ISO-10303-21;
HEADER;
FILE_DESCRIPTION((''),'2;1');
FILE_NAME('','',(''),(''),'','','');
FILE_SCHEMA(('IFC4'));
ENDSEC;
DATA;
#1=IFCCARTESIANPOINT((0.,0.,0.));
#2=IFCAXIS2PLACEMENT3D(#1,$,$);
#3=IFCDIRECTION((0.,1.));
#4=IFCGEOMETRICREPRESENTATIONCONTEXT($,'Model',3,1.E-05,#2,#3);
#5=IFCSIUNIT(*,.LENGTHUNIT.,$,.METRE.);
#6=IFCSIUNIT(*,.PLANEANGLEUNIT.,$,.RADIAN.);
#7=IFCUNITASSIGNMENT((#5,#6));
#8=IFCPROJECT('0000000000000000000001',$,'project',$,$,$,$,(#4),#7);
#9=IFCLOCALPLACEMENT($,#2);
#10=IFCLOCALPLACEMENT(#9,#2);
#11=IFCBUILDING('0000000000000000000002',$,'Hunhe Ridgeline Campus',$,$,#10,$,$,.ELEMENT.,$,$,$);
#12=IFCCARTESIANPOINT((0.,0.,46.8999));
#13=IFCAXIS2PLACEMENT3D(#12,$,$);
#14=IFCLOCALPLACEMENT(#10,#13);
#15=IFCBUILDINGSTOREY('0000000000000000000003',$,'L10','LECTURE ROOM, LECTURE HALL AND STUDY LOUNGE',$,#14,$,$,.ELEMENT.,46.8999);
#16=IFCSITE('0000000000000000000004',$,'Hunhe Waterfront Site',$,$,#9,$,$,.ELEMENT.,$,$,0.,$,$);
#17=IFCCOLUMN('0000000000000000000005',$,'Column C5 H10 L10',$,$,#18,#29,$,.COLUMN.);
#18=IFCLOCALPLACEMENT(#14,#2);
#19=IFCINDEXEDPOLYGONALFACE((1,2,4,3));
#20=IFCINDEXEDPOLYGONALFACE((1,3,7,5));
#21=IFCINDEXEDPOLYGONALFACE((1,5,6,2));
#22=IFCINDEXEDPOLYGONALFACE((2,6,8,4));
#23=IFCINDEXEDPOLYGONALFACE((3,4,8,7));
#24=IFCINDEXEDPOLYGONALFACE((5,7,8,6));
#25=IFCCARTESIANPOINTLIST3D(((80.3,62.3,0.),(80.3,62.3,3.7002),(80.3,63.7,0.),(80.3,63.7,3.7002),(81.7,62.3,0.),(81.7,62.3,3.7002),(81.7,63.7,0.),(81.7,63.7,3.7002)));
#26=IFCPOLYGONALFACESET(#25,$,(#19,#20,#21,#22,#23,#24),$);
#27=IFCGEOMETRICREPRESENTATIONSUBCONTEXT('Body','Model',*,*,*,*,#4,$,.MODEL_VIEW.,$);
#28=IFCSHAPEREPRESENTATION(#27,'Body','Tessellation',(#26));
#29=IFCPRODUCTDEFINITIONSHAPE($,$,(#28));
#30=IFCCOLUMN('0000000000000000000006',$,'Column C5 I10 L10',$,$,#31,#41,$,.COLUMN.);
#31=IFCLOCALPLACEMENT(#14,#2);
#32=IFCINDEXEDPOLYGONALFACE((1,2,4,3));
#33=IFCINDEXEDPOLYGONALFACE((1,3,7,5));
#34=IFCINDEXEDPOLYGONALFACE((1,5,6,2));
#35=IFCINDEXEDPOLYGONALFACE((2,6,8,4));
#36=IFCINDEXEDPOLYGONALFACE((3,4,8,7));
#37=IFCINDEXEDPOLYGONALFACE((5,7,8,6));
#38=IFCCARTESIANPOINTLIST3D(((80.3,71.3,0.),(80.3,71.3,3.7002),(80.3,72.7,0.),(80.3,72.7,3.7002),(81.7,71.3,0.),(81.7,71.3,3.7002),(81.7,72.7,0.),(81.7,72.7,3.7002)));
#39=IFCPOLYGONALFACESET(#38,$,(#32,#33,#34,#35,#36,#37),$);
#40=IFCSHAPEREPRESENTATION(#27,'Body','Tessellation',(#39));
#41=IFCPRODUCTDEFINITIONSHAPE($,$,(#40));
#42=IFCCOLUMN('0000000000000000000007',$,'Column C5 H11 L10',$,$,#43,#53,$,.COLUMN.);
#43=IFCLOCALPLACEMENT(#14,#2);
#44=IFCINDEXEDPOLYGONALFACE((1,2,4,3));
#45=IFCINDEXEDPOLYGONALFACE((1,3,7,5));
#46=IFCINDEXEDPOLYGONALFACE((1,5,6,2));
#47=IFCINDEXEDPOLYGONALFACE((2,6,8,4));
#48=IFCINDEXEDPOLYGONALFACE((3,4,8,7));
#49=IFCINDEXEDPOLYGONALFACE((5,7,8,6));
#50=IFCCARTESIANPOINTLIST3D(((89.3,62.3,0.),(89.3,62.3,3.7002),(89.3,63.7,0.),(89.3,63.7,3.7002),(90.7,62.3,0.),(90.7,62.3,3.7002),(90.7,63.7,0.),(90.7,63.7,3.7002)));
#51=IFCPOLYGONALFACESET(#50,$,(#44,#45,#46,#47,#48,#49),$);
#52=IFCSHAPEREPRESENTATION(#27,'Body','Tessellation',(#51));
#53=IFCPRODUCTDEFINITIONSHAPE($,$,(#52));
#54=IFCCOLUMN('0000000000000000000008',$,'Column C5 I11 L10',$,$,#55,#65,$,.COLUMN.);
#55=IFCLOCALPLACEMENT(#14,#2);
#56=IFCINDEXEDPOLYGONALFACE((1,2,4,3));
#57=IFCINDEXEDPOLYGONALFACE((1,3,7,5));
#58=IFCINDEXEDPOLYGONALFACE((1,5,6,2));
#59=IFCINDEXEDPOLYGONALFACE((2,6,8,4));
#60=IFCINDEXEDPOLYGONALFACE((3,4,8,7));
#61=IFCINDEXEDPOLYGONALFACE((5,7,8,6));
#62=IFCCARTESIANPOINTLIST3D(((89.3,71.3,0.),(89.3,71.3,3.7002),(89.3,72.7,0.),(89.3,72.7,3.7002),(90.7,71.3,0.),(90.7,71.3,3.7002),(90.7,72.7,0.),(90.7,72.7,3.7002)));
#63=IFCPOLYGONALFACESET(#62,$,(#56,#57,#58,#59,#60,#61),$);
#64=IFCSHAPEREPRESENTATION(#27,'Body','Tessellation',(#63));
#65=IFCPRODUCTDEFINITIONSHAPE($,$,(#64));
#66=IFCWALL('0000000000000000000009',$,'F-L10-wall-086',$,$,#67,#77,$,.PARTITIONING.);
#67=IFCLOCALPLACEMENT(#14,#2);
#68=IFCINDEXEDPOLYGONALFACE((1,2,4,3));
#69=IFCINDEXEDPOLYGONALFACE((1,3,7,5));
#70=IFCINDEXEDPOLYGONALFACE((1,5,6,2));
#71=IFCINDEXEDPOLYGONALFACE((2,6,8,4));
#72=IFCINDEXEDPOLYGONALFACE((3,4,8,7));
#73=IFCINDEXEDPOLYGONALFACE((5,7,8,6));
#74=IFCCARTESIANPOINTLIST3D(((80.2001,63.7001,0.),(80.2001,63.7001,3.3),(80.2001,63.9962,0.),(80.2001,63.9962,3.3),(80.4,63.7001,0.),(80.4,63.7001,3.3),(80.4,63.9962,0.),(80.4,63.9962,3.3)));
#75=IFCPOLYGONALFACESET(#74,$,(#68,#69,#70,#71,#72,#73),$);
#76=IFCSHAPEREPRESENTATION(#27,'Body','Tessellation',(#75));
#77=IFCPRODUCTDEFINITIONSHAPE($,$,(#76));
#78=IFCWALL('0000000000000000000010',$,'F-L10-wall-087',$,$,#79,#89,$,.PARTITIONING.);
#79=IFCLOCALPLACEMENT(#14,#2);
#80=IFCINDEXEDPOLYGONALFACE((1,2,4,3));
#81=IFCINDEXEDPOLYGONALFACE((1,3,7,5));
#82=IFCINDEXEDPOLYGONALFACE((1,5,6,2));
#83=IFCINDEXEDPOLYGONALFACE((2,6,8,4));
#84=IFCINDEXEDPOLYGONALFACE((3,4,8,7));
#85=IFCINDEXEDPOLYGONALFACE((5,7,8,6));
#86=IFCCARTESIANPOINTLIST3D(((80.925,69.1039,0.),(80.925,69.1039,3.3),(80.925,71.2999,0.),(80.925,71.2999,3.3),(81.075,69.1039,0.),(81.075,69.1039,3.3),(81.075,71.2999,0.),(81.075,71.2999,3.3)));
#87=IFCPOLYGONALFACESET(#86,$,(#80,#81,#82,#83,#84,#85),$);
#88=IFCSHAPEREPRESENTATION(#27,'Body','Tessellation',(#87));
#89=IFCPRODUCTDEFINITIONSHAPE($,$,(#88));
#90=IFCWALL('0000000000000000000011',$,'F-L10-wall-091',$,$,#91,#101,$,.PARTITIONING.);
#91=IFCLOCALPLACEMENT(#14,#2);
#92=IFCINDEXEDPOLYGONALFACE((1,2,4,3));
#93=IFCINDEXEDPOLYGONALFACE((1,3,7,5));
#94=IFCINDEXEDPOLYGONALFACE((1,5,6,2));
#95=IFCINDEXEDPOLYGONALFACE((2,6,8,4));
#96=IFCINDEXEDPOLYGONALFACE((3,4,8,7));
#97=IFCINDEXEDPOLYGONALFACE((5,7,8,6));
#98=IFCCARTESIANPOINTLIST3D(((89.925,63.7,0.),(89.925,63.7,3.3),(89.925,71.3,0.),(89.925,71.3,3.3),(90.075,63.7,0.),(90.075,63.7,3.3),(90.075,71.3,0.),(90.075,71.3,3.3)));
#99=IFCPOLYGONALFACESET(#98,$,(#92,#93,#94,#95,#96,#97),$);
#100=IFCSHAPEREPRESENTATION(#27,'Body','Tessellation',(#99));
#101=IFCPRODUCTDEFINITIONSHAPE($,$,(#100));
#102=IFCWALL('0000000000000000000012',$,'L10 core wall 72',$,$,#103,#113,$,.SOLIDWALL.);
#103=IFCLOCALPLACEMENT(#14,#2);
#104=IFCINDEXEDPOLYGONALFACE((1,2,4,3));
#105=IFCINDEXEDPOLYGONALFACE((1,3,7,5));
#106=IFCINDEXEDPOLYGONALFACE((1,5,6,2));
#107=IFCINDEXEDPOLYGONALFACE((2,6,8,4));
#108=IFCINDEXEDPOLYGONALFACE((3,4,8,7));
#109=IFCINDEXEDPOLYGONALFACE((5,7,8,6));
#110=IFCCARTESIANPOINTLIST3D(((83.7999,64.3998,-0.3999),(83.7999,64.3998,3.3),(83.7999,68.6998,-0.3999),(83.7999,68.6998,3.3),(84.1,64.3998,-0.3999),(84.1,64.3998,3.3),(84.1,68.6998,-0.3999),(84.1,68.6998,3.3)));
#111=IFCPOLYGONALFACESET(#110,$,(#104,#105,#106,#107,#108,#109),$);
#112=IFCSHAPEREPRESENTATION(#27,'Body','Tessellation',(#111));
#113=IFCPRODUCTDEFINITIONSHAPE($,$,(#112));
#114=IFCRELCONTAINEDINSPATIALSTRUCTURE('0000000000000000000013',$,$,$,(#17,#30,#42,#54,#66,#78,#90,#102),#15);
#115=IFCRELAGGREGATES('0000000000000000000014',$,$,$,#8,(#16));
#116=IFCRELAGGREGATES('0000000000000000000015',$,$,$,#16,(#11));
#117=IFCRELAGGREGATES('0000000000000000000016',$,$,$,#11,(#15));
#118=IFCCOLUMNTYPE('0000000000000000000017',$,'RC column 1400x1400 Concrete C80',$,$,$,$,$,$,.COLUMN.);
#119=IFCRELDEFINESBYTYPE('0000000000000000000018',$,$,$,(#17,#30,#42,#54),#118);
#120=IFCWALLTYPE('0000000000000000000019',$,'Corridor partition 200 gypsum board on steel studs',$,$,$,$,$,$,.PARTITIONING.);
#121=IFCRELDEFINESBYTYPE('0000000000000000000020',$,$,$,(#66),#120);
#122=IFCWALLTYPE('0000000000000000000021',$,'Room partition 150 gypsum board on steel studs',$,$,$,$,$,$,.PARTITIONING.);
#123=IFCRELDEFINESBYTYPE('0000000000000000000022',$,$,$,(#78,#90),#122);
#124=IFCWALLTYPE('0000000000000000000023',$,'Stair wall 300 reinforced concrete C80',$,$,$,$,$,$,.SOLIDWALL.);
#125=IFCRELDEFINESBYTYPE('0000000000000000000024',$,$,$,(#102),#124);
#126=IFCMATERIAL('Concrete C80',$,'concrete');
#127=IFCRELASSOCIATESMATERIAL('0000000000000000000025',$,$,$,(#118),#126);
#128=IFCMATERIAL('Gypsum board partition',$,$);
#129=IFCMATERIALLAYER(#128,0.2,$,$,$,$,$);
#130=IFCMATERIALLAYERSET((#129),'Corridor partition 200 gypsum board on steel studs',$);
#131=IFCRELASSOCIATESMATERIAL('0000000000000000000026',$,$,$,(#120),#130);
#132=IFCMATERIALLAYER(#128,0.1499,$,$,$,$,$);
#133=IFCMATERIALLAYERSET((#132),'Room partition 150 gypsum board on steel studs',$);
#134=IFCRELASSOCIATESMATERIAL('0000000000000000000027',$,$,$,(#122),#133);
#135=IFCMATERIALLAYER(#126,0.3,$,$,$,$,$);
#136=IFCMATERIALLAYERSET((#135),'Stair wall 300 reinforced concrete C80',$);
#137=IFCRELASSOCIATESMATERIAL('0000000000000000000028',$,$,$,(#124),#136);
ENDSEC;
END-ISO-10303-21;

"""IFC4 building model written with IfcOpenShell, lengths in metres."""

from ifc_helpers import new_model, si_unit, direction, frame, frame_2d, origin, origin_2d, place, context, subcontext, project, spatial, rectangle, extrude, material, layer, layer_set, material_profile, profile_set, type_object, element, save


model = new_model("IFC4")

# Units and contexts
model_context = context("Model", 3, precision=1e-05, world=origin(), true_north=direction((0.0, 1.0)))
body_context = subcontext(model_context, "Body", "Model", "MODEL_VIEW")
ifc_project = project(units=[si_unit("LENGTHUNIT", "METRE"), si_unit("PLANEANGLEUNIT", "RADIAN")], contexts=[model_context])

# Site, building, storey
site_placement = place(None, origin())
site = spatial("IfcSite", under=ifc_project, at=site_placement, Name="Hunhe Waterfront Site", CompositionType="ELEMENT", RefElevation=0.0)
building_placement = place(site_placement, origin())
building = spatial("IfcBuilding", under=site, at=building_placement, Name="Hunhe Ridgeline Campus", CompositionType="ELEMENT")
storey_placement = place(building_placement, frame((0.0, 0.0, 46.8999)))
storey = spatial("IfcBuildingStorey", under=building, at=storey_placement, Name="L10", Description="LECTURE ROOM, LECTURE HALL AND STUDY LOUNGE", CompositionType="ELEMENT", Elevation=46.8999)

# Columns
ifc_material_1 = material(Name="Concrete C80", Category="concrete")
ifc_material_profile = material_profile(ifc_material_1, rectangle(XDim=1.3999, YDim=1.3999, at=origin_2d()))
ifc_profile_set = profile_set([ifc_material_profile], Name="Concrete C80")
column_type = type_object("IfcColumnType", Name="RC column 1400x1400 Concrete C80", PredefinedType="COLUMN", material=ifc_profile_set)
for number, where, z_axis, x_axis, name in (
    (1, (81.0, 63.0, 0.0), (0.0, 0.0, 1.0), (1.0, 0.0, 0.0), "Column C5 H10 L10"),
    (2, (81.0, 72.0, 0.0), (0.0, 0.0, 1.0), (1.0, 0.0, 0.0), "Column C5 I10 L10"),
    (3, (90.0, 63.0, 0.0), (0.0, 0.0, 1.0), (1.0, 0.0, 0.0), "Column C5 H11 L10"),
    (4, (90.0, 72.0, 0.0), (0.0, 0.0, 1.0), (1.0, 0.0, 0.0), "Column C5 I11 L10"),
):
    element("IfcColumn", number, at=place(storey_placement, frame(where, z_axis=z_axis, x_axis=x_axis)), inside=storey, type_object=column_type, Name=name, PredefinedType="COLUMN", context=body_context, shape_type="SweptSolid", body=[
        extrude(rectangle(XDim=1.3999, YDim=1.3999, at=origin_2d()), origin(), (0.0, 0.0, 1.0), 3.7002),
    ])

# Shared definitions
ifc_material_2 = material(Name="Gypsum board partition")
ifc_layer_1 = layer(ifc_material_2, 0.2)
ifc_layer_set_1 = layer_set([ifc_layer_1], Name="Corridor partition 200 gypsum board on steel studs")
wall_type_1 = type_object("IfcWallType", Name="Corridor partition 200 gypsum board on steel studs", PredefinedType="PARTITIONING", material=ifc_layer_set_1)

# Walls
wall_1_placement = place(storey_placement, frame((80.3, 63.9961, 0.0), z_axis=(0.0, 0.0, 1.0), x_axis=(0.0, -1.0, 0.0)))
element("IfcWall", 5, at=wall_1_placement, inside=storey, type_object=wall_type_1, Name="F-L10-wall-086", PredefinedType="PARTITIONING", context=body_context, shape_type="SweptSolid", body=[
    extrude(rectangle(XDim=0.2961, YDim=0.2, at=frame_2d((0.1479, 0.0))), origin(), (0.0, 0.0, 1.0), 3.3),
])
ifc_layer_2 = layer(ifc_material_2, 0.1499)
ifc_layer_set_2 = layer_set([ifc_layer_2], Name="Room partition 150 gypsum board on steel studs")
wall_type_2 = type_object("IfcWallType", Name="Room partition 150 gypsum board on steel studs", PredefinedType="PARTITIONING", material=ifc_layer_set_2)
wall_2_placement = place(storey_placement, frame((81.0, 71.3, 0.0), z_axis=(0.0, 0.0, 1.0), x_axis=(0.0, -1.0, 0.0)))
element("IfcWall", 6, at=wall_2_placement, inside=storey, type_object=wall_type_2, Name="F-L10-wall-087", PredefinedType="PARTITIONING", context=body_context, shape_type="SweptSolid", body=[
    extrude(rectangle(XDim=2.196, YDim=0.1499, at=frame_2d((1.0981, 0.0))), origin(), (0.0, 0.0, 1.0), 3.3),
])
wall_3_placement = place(storey_placement, frame((90.0, 71.3, 0.0), z_axis=(0.0, 0.0, 1.0), x_axis=(0.0, -1.0, 0.0)))
element("IfcWall", 7, at=wall_3_placement, inside=storey, type_object=wall_type_2, Name="F-L10-wall-091", PredefinedType="PARTITIONING", context=body_context, shape_type="SweptSolid", body=[
    extrude(rectangle(XDim=7.6001, YDim=0.1499, at=frame_2d((3.8, 0.0))), origin(), (0.0, 0.0, 1.0), 3.3),
])

# Shared definitions
ifc_layer_3 = layer(ifc_material_1, 0.3)
ifc_layer_set_3 = layer_set([ifc_layer_3], Name="Stair wall 300 reinforced concrete C80")
wall_type_3 = type_object("IfcWallType", Name="Stair wall 300 reinforced concrete C80", PredefinedType="SOLIDWALL", material=ifc_layer_set_3)

# Wall
wall_4_placement = place(storey_placement, frame((83.95, 64.3999, -0.3999), z_axis=(0.0, 0.0, 1.0), x_axis=(0.0, 1.0, 0.0)))
element("IfcWall", 8, at=wall_4_placement, inside=storey, type_object=wall_type_3, Name="L10 core wall 72", PredefinedType="SOLIDWALL", context=body_context, shape_type="SweptSolid", body=[
    extrude(rectangle(XDim=4.3, YDim=0.3, at=frame_2d((2.1499, 0.0))), origin(), (0.0, 0.0, 1.0), 3.7),
])

save(model, "model.ifc")
